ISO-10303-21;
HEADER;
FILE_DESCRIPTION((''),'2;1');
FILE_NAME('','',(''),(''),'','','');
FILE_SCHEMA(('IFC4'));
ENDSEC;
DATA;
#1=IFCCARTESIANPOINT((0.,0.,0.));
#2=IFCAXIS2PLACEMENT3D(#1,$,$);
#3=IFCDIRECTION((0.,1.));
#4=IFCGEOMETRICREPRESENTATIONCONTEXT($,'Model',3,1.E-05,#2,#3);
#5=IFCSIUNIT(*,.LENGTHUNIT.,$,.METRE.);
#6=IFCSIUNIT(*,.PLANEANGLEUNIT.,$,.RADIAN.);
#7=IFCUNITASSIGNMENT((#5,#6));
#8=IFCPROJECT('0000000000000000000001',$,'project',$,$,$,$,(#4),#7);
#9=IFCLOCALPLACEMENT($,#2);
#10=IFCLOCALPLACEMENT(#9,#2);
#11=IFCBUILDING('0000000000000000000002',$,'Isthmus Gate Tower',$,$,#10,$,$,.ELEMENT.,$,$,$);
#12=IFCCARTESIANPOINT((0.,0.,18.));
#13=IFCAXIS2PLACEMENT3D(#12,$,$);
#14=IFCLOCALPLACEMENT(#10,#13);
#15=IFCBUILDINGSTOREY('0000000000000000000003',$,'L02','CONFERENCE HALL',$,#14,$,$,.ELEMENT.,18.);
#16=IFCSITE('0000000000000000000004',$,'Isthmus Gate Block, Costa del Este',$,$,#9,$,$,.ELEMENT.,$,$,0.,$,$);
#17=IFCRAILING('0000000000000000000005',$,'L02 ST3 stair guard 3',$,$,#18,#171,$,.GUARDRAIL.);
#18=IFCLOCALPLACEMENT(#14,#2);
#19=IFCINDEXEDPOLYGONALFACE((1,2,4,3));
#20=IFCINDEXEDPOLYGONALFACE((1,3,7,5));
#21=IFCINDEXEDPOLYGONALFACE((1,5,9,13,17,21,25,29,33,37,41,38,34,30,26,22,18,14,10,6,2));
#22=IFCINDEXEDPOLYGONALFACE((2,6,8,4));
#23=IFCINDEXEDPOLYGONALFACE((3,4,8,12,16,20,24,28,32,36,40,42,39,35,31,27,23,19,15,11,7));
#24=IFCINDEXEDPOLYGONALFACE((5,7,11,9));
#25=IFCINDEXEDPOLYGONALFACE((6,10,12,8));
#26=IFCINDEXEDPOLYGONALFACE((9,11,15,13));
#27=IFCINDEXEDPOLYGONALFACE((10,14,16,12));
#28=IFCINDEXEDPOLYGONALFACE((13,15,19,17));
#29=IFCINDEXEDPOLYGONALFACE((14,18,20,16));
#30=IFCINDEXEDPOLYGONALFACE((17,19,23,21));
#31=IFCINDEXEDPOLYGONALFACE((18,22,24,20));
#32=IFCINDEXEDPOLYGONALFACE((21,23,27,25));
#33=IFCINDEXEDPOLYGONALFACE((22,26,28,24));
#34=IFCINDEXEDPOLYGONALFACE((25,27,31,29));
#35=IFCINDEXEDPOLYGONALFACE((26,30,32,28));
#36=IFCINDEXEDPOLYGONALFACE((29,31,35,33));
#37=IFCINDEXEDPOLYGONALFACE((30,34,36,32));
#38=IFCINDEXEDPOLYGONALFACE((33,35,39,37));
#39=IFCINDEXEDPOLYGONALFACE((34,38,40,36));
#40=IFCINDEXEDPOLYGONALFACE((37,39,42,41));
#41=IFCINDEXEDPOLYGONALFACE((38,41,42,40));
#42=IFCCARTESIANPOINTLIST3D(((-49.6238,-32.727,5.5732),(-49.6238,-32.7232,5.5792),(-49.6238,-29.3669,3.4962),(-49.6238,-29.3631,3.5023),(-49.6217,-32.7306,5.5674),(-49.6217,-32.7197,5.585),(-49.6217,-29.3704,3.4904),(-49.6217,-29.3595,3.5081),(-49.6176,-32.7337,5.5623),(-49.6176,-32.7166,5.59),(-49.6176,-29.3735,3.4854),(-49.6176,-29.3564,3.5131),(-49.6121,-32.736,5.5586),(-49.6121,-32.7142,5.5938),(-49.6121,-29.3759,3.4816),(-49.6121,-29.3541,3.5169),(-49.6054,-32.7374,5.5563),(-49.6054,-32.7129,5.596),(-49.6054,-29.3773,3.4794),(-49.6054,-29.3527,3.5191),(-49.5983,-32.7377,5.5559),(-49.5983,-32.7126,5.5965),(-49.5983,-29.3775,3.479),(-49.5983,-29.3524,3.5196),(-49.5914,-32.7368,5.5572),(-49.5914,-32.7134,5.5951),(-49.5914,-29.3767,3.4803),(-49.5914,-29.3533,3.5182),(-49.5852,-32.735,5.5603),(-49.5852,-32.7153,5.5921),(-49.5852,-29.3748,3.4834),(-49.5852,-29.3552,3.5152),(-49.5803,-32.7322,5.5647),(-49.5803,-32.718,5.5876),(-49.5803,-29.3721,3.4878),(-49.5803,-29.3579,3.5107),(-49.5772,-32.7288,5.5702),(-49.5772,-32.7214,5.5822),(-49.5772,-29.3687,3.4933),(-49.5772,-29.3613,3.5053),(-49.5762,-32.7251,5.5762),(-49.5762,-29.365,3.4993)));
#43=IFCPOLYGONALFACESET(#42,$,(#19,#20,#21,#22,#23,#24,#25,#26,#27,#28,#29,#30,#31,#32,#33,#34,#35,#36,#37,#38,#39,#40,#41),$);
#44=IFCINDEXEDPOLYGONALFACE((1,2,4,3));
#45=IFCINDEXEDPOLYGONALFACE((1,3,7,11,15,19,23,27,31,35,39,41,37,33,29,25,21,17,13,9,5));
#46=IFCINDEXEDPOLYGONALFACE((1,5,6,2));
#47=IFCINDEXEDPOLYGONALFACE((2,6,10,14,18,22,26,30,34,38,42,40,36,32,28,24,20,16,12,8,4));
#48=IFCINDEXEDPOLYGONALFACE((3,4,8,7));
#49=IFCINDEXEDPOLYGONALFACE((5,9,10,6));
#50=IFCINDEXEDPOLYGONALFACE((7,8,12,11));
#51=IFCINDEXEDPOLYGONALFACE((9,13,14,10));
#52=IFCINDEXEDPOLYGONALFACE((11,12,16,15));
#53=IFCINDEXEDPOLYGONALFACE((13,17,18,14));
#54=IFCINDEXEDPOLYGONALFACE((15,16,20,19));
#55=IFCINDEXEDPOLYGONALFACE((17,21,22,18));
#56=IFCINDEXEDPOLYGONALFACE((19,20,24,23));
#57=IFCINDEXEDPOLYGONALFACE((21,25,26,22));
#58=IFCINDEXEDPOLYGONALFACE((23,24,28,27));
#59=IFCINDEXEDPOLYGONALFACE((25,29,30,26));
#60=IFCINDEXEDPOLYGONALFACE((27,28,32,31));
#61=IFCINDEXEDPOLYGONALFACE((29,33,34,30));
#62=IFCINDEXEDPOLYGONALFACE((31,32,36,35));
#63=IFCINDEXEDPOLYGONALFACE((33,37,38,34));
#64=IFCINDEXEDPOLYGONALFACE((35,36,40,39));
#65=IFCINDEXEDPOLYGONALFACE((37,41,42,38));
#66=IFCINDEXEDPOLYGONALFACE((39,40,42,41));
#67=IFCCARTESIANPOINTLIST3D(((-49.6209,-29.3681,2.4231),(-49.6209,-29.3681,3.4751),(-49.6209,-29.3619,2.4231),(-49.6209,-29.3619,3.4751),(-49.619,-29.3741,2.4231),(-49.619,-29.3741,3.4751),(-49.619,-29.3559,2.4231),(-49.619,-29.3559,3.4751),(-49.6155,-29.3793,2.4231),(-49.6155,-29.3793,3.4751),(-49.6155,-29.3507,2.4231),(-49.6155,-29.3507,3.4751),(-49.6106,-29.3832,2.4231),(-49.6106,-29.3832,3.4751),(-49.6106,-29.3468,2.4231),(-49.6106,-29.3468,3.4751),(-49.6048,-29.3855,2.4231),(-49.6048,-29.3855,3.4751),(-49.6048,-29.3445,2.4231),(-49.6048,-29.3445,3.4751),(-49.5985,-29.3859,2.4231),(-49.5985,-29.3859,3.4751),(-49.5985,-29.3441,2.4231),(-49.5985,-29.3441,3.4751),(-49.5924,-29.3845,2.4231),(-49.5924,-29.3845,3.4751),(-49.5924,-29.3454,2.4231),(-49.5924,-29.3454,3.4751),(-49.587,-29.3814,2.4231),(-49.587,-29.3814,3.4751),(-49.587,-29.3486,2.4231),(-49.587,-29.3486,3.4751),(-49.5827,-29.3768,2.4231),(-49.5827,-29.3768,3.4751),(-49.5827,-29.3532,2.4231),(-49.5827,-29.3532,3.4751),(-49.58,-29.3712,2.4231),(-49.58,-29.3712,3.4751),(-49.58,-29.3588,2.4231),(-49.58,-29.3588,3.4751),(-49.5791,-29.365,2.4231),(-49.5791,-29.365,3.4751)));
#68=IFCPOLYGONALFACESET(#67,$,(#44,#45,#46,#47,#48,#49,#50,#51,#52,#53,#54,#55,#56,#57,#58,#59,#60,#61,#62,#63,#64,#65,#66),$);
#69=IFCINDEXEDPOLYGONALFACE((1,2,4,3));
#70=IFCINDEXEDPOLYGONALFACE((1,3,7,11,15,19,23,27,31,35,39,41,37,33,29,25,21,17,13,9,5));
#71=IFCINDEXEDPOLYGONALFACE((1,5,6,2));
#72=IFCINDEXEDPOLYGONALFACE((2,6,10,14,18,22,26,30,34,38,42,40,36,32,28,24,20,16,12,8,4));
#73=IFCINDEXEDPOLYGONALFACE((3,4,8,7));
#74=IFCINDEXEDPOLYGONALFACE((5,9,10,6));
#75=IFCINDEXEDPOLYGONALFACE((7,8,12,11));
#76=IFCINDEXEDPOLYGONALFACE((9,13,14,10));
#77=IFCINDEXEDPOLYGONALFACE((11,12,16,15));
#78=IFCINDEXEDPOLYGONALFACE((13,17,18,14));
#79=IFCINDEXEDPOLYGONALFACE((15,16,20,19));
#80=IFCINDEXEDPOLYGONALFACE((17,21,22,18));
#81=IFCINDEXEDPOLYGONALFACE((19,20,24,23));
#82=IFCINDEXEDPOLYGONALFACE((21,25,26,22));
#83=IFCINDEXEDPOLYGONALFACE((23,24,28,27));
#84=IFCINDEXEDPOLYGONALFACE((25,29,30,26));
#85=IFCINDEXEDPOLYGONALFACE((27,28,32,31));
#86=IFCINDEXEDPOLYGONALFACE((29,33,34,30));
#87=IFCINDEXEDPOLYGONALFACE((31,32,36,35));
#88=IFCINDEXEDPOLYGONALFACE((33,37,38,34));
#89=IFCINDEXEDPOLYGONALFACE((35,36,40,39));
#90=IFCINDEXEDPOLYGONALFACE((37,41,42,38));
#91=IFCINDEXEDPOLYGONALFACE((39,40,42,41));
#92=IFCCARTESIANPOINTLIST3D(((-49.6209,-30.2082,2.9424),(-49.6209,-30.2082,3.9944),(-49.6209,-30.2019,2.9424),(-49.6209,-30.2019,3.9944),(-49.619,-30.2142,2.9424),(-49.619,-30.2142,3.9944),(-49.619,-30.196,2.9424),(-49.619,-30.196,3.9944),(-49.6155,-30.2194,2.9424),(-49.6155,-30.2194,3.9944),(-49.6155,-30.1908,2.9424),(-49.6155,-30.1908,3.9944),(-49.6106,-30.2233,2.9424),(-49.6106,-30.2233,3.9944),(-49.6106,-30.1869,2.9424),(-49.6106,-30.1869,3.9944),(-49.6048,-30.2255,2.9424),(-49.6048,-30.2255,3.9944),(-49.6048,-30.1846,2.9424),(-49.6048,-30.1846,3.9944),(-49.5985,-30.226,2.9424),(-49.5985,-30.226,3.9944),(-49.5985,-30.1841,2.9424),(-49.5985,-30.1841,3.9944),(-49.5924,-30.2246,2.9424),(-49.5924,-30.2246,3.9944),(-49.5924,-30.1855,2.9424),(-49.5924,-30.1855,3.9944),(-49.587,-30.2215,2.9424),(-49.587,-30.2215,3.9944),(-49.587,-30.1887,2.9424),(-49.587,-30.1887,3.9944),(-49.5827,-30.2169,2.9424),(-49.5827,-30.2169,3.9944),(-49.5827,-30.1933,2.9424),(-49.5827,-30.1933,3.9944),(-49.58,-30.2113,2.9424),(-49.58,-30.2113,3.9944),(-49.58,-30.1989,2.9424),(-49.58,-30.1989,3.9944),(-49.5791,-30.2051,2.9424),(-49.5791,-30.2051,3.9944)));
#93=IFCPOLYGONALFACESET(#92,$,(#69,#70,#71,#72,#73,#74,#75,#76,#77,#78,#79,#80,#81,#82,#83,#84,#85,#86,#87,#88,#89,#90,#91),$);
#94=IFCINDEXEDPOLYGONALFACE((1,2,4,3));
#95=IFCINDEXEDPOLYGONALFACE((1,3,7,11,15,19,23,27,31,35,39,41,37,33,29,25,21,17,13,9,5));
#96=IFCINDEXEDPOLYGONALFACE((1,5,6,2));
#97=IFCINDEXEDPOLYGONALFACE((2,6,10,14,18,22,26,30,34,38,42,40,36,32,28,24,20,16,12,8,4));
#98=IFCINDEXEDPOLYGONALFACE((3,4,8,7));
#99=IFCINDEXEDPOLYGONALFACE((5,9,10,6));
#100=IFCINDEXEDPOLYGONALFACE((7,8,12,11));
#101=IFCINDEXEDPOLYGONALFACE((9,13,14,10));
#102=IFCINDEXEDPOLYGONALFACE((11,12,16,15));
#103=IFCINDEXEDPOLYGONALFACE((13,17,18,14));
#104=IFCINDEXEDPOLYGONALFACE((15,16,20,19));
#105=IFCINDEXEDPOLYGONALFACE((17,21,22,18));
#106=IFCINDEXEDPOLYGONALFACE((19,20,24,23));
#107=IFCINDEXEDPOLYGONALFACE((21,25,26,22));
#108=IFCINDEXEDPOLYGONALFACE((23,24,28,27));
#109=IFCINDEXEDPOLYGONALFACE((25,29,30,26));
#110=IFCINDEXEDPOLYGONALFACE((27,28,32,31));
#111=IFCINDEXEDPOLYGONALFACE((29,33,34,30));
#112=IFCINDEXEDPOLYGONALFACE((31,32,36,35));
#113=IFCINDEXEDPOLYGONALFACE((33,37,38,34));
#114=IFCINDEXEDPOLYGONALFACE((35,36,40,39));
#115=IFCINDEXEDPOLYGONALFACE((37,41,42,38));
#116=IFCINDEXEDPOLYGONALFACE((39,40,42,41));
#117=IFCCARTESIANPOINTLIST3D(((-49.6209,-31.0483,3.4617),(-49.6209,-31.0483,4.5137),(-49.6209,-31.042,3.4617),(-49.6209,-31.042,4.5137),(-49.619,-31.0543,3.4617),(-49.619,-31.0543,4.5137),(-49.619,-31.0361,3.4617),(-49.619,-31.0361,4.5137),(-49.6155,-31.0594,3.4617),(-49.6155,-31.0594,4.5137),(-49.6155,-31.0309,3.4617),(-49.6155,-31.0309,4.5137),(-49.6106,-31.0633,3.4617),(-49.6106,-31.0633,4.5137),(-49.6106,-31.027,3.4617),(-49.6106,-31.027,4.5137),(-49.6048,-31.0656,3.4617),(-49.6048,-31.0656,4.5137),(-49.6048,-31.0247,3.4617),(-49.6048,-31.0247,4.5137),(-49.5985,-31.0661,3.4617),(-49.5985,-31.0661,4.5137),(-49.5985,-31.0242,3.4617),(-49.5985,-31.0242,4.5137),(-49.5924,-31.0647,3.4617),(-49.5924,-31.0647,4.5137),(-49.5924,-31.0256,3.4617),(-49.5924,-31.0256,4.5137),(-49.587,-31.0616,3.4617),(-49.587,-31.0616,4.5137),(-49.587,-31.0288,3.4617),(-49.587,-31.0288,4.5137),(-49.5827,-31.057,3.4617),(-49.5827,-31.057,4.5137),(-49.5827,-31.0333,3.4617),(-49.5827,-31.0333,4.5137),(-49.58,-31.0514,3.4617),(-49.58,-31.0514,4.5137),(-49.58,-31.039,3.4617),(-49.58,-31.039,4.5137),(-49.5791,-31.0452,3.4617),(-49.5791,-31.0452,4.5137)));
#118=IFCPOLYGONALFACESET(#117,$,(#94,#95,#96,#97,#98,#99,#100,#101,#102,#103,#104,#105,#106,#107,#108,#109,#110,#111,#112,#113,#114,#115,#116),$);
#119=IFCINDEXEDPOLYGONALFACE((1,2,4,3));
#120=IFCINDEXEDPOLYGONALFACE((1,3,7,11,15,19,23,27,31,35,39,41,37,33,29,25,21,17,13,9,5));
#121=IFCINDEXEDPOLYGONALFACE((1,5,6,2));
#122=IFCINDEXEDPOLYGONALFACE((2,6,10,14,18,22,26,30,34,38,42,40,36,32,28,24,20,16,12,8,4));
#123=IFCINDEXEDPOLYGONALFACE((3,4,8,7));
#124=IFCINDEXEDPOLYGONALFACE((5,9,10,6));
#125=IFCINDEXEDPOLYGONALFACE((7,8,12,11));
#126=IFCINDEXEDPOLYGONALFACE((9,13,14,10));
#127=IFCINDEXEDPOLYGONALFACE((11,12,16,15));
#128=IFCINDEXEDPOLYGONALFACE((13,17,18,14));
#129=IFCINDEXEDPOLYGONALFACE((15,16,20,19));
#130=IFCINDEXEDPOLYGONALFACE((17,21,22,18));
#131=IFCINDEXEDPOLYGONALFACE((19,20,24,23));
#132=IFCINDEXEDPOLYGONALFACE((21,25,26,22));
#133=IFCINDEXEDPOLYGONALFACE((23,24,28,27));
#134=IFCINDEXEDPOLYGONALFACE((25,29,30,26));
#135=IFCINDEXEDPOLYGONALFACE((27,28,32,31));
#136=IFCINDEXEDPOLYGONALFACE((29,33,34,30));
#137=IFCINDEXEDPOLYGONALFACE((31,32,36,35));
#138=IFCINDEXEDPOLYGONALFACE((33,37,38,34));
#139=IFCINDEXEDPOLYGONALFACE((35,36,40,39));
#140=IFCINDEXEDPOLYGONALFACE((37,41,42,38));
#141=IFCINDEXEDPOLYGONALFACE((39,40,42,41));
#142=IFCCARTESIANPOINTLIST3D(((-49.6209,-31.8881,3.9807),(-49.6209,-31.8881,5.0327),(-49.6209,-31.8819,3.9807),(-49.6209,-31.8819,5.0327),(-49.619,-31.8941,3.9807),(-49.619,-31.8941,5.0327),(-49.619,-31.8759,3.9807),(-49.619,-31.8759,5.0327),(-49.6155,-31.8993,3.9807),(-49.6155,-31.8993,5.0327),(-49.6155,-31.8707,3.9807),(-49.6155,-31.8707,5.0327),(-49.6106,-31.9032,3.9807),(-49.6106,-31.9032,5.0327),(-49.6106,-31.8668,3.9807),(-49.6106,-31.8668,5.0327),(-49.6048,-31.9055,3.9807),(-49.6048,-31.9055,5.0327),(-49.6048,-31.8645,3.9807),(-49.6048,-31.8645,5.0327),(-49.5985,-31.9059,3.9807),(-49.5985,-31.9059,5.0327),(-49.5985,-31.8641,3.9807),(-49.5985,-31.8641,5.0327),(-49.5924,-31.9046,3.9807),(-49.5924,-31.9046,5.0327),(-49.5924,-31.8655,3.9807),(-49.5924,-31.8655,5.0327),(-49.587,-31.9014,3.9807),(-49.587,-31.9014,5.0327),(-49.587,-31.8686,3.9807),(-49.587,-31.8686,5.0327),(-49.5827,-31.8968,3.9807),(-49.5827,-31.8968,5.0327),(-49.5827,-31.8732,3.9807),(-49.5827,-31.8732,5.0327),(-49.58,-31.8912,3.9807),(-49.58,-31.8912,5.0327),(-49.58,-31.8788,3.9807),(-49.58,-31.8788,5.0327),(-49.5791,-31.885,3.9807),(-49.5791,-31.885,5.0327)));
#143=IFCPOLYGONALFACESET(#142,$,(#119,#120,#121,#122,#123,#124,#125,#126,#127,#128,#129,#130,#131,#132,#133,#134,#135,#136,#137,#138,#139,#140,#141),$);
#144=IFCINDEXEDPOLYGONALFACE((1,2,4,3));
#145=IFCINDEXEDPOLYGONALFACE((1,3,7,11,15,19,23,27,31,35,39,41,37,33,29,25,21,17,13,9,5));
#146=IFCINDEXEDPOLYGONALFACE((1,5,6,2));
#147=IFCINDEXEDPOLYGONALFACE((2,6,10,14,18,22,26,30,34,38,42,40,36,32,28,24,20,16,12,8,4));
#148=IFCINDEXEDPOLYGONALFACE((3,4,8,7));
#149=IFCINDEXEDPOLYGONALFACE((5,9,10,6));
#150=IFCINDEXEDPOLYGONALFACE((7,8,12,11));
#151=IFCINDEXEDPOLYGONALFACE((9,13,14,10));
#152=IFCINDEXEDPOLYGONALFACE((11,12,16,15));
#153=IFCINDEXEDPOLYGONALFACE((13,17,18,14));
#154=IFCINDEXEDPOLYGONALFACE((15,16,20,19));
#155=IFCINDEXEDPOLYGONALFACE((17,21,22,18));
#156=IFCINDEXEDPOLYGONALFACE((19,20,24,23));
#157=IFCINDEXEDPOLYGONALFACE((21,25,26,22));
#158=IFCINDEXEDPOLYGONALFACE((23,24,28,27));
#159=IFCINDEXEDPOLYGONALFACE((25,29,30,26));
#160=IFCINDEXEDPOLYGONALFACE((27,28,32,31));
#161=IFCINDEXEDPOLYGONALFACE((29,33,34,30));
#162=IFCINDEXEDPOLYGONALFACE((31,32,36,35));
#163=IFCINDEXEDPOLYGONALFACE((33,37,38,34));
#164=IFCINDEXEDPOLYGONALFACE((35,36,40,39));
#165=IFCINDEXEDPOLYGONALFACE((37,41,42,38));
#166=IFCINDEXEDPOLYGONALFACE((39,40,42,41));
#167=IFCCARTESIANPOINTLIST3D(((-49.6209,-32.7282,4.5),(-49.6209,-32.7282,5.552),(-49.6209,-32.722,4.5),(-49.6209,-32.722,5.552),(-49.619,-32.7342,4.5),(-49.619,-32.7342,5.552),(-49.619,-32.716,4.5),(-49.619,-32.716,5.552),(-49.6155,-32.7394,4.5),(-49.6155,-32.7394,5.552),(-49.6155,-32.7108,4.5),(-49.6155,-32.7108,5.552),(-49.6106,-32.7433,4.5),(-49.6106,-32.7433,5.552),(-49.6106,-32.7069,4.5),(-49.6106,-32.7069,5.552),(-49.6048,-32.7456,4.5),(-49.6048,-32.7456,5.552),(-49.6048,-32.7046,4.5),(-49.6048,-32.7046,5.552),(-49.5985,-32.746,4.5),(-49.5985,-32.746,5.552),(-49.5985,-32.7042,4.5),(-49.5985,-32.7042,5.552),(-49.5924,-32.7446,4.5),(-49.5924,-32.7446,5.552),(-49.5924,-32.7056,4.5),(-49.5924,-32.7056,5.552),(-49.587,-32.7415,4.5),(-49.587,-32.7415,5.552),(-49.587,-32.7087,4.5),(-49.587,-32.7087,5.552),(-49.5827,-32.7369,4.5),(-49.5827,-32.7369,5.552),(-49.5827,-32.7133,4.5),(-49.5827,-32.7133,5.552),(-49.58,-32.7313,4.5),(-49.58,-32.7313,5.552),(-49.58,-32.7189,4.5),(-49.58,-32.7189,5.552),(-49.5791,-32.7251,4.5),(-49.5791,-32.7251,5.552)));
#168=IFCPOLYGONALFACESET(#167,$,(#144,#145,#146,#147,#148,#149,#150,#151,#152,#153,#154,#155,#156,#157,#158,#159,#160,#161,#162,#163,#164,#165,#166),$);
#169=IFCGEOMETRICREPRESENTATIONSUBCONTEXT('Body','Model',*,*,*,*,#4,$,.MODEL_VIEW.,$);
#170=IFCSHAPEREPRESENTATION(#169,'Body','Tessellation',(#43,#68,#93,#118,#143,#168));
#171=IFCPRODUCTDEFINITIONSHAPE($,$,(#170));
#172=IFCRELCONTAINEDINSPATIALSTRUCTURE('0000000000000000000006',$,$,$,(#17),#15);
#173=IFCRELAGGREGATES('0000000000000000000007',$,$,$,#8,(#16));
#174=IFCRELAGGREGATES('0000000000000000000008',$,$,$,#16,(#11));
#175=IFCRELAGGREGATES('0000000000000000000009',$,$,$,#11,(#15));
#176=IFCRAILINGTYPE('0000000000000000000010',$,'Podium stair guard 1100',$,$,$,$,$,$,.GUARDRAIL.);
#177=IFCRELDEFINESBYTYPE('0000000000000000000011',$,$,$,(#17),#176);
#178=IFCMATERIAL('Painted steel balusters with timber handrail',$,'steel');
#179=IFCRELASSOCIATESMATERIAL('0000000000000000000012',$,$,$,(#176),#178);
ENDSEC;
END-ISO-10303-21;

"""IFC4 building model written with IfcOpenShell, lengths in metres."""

from ifc_helpers import new_model, si_unit, direction, frame, origin, origin_2d, place, context, subcontext, project, spatial, circle, extrude, material, type_object, element, save


model = new_model("IFC4")

# Units and contexts
model_context = context("Model", 3, precision=1e-05, world=origin(), true_north=direction((0.0, 1.0)))
body_context = subcontext(model_context, "Body", "Model", "MODEL_VIEW")
ifc_project = project(units=[si_unit("LENGTHUNIT", "METRE"), si_unit("PLANEANGLEUNIT", "RADIAN")], contexts=[model_context])

# Site, building, storey
site_placement = place(None, origin())
site = spatial("IfcSite", under=ifc_project, at=site_placement, Name="Isthmus Gate Block, Costa del Este", CompositionType="ELEMENT", RefElevation=0.0)
building_placement = place(site_placement, origin())
building = spatial("IfcBuilding", under=site, at=building_placement, Name="Isthmus Gate Tower", CompositionType="ELEMENT")
storey_placement = place(building_placement, frame((0.0, 0.0, 18.0)))
storey = spatial("IfcBuildingStorey", under=building, at=storey_placement, Name="L02", Description="CONFERENCE HALL", CompositionType="ELEMENT", Elevation=18.0)

# Railing
ifc_material_1 = material(Name="Painted steel balusters with timber handrail", Category="steel")
railing_type_1 = type_object("IfcRailingType", Name="Podium stair guard 1100", PredefinedType="GUARDRAIL", material=ifc_material_1)
railing_1_placement = place(storey_placement, frame((-49.6001, -29.365, 2.4231)))
element("IfcRailing", 1, at=railing_1_placement, inside=storey, type_object=railing_type_1, Name="L02 ST3 stair guard 3", PredefinedType="GUARDRAIL", context=body_context, shape_type="SweptSolid", body=[
    extrude(circle(Radius=0.0239, at=origin_2d()), frame((0.0, 0.0, 1.0762), z_axis=(0.0, -0.850623, 0.525776), x_axis=(1.0, 0.0, 0.0)), (0.0, 0.0, 1.0), 3.9502),
    extrude(circle(Radius=0.021, at=origin_2d()), origin(), (0.0, 0.0, 1.0), 1.052),
    extrude(circle(Radius=0.021, at=origin_2d()), frame((0.0, -0.8401, 0.5193)), (0.0, 0.0, 1.0), 1.052),
    extrude(circle(Radius=0.021, at=origin_2d()), frame((0.0, -1.6802, 1.0386)), (0.0, 0.0, 1.0), 1.052),
    extrude(circle(Radius=0.021, at=origin_2d()), frame((0.0, -2.52, 1.5576)), (0.0, 0.0, 1.0), 1.052),
    extrude(circle(Radius=0.021, at=origin_2d()), frame((0.0, -3.3601, 2.0769)), (0.0, 0.0, 1.0), 1.052),
])

save(model, "model.ifc")
